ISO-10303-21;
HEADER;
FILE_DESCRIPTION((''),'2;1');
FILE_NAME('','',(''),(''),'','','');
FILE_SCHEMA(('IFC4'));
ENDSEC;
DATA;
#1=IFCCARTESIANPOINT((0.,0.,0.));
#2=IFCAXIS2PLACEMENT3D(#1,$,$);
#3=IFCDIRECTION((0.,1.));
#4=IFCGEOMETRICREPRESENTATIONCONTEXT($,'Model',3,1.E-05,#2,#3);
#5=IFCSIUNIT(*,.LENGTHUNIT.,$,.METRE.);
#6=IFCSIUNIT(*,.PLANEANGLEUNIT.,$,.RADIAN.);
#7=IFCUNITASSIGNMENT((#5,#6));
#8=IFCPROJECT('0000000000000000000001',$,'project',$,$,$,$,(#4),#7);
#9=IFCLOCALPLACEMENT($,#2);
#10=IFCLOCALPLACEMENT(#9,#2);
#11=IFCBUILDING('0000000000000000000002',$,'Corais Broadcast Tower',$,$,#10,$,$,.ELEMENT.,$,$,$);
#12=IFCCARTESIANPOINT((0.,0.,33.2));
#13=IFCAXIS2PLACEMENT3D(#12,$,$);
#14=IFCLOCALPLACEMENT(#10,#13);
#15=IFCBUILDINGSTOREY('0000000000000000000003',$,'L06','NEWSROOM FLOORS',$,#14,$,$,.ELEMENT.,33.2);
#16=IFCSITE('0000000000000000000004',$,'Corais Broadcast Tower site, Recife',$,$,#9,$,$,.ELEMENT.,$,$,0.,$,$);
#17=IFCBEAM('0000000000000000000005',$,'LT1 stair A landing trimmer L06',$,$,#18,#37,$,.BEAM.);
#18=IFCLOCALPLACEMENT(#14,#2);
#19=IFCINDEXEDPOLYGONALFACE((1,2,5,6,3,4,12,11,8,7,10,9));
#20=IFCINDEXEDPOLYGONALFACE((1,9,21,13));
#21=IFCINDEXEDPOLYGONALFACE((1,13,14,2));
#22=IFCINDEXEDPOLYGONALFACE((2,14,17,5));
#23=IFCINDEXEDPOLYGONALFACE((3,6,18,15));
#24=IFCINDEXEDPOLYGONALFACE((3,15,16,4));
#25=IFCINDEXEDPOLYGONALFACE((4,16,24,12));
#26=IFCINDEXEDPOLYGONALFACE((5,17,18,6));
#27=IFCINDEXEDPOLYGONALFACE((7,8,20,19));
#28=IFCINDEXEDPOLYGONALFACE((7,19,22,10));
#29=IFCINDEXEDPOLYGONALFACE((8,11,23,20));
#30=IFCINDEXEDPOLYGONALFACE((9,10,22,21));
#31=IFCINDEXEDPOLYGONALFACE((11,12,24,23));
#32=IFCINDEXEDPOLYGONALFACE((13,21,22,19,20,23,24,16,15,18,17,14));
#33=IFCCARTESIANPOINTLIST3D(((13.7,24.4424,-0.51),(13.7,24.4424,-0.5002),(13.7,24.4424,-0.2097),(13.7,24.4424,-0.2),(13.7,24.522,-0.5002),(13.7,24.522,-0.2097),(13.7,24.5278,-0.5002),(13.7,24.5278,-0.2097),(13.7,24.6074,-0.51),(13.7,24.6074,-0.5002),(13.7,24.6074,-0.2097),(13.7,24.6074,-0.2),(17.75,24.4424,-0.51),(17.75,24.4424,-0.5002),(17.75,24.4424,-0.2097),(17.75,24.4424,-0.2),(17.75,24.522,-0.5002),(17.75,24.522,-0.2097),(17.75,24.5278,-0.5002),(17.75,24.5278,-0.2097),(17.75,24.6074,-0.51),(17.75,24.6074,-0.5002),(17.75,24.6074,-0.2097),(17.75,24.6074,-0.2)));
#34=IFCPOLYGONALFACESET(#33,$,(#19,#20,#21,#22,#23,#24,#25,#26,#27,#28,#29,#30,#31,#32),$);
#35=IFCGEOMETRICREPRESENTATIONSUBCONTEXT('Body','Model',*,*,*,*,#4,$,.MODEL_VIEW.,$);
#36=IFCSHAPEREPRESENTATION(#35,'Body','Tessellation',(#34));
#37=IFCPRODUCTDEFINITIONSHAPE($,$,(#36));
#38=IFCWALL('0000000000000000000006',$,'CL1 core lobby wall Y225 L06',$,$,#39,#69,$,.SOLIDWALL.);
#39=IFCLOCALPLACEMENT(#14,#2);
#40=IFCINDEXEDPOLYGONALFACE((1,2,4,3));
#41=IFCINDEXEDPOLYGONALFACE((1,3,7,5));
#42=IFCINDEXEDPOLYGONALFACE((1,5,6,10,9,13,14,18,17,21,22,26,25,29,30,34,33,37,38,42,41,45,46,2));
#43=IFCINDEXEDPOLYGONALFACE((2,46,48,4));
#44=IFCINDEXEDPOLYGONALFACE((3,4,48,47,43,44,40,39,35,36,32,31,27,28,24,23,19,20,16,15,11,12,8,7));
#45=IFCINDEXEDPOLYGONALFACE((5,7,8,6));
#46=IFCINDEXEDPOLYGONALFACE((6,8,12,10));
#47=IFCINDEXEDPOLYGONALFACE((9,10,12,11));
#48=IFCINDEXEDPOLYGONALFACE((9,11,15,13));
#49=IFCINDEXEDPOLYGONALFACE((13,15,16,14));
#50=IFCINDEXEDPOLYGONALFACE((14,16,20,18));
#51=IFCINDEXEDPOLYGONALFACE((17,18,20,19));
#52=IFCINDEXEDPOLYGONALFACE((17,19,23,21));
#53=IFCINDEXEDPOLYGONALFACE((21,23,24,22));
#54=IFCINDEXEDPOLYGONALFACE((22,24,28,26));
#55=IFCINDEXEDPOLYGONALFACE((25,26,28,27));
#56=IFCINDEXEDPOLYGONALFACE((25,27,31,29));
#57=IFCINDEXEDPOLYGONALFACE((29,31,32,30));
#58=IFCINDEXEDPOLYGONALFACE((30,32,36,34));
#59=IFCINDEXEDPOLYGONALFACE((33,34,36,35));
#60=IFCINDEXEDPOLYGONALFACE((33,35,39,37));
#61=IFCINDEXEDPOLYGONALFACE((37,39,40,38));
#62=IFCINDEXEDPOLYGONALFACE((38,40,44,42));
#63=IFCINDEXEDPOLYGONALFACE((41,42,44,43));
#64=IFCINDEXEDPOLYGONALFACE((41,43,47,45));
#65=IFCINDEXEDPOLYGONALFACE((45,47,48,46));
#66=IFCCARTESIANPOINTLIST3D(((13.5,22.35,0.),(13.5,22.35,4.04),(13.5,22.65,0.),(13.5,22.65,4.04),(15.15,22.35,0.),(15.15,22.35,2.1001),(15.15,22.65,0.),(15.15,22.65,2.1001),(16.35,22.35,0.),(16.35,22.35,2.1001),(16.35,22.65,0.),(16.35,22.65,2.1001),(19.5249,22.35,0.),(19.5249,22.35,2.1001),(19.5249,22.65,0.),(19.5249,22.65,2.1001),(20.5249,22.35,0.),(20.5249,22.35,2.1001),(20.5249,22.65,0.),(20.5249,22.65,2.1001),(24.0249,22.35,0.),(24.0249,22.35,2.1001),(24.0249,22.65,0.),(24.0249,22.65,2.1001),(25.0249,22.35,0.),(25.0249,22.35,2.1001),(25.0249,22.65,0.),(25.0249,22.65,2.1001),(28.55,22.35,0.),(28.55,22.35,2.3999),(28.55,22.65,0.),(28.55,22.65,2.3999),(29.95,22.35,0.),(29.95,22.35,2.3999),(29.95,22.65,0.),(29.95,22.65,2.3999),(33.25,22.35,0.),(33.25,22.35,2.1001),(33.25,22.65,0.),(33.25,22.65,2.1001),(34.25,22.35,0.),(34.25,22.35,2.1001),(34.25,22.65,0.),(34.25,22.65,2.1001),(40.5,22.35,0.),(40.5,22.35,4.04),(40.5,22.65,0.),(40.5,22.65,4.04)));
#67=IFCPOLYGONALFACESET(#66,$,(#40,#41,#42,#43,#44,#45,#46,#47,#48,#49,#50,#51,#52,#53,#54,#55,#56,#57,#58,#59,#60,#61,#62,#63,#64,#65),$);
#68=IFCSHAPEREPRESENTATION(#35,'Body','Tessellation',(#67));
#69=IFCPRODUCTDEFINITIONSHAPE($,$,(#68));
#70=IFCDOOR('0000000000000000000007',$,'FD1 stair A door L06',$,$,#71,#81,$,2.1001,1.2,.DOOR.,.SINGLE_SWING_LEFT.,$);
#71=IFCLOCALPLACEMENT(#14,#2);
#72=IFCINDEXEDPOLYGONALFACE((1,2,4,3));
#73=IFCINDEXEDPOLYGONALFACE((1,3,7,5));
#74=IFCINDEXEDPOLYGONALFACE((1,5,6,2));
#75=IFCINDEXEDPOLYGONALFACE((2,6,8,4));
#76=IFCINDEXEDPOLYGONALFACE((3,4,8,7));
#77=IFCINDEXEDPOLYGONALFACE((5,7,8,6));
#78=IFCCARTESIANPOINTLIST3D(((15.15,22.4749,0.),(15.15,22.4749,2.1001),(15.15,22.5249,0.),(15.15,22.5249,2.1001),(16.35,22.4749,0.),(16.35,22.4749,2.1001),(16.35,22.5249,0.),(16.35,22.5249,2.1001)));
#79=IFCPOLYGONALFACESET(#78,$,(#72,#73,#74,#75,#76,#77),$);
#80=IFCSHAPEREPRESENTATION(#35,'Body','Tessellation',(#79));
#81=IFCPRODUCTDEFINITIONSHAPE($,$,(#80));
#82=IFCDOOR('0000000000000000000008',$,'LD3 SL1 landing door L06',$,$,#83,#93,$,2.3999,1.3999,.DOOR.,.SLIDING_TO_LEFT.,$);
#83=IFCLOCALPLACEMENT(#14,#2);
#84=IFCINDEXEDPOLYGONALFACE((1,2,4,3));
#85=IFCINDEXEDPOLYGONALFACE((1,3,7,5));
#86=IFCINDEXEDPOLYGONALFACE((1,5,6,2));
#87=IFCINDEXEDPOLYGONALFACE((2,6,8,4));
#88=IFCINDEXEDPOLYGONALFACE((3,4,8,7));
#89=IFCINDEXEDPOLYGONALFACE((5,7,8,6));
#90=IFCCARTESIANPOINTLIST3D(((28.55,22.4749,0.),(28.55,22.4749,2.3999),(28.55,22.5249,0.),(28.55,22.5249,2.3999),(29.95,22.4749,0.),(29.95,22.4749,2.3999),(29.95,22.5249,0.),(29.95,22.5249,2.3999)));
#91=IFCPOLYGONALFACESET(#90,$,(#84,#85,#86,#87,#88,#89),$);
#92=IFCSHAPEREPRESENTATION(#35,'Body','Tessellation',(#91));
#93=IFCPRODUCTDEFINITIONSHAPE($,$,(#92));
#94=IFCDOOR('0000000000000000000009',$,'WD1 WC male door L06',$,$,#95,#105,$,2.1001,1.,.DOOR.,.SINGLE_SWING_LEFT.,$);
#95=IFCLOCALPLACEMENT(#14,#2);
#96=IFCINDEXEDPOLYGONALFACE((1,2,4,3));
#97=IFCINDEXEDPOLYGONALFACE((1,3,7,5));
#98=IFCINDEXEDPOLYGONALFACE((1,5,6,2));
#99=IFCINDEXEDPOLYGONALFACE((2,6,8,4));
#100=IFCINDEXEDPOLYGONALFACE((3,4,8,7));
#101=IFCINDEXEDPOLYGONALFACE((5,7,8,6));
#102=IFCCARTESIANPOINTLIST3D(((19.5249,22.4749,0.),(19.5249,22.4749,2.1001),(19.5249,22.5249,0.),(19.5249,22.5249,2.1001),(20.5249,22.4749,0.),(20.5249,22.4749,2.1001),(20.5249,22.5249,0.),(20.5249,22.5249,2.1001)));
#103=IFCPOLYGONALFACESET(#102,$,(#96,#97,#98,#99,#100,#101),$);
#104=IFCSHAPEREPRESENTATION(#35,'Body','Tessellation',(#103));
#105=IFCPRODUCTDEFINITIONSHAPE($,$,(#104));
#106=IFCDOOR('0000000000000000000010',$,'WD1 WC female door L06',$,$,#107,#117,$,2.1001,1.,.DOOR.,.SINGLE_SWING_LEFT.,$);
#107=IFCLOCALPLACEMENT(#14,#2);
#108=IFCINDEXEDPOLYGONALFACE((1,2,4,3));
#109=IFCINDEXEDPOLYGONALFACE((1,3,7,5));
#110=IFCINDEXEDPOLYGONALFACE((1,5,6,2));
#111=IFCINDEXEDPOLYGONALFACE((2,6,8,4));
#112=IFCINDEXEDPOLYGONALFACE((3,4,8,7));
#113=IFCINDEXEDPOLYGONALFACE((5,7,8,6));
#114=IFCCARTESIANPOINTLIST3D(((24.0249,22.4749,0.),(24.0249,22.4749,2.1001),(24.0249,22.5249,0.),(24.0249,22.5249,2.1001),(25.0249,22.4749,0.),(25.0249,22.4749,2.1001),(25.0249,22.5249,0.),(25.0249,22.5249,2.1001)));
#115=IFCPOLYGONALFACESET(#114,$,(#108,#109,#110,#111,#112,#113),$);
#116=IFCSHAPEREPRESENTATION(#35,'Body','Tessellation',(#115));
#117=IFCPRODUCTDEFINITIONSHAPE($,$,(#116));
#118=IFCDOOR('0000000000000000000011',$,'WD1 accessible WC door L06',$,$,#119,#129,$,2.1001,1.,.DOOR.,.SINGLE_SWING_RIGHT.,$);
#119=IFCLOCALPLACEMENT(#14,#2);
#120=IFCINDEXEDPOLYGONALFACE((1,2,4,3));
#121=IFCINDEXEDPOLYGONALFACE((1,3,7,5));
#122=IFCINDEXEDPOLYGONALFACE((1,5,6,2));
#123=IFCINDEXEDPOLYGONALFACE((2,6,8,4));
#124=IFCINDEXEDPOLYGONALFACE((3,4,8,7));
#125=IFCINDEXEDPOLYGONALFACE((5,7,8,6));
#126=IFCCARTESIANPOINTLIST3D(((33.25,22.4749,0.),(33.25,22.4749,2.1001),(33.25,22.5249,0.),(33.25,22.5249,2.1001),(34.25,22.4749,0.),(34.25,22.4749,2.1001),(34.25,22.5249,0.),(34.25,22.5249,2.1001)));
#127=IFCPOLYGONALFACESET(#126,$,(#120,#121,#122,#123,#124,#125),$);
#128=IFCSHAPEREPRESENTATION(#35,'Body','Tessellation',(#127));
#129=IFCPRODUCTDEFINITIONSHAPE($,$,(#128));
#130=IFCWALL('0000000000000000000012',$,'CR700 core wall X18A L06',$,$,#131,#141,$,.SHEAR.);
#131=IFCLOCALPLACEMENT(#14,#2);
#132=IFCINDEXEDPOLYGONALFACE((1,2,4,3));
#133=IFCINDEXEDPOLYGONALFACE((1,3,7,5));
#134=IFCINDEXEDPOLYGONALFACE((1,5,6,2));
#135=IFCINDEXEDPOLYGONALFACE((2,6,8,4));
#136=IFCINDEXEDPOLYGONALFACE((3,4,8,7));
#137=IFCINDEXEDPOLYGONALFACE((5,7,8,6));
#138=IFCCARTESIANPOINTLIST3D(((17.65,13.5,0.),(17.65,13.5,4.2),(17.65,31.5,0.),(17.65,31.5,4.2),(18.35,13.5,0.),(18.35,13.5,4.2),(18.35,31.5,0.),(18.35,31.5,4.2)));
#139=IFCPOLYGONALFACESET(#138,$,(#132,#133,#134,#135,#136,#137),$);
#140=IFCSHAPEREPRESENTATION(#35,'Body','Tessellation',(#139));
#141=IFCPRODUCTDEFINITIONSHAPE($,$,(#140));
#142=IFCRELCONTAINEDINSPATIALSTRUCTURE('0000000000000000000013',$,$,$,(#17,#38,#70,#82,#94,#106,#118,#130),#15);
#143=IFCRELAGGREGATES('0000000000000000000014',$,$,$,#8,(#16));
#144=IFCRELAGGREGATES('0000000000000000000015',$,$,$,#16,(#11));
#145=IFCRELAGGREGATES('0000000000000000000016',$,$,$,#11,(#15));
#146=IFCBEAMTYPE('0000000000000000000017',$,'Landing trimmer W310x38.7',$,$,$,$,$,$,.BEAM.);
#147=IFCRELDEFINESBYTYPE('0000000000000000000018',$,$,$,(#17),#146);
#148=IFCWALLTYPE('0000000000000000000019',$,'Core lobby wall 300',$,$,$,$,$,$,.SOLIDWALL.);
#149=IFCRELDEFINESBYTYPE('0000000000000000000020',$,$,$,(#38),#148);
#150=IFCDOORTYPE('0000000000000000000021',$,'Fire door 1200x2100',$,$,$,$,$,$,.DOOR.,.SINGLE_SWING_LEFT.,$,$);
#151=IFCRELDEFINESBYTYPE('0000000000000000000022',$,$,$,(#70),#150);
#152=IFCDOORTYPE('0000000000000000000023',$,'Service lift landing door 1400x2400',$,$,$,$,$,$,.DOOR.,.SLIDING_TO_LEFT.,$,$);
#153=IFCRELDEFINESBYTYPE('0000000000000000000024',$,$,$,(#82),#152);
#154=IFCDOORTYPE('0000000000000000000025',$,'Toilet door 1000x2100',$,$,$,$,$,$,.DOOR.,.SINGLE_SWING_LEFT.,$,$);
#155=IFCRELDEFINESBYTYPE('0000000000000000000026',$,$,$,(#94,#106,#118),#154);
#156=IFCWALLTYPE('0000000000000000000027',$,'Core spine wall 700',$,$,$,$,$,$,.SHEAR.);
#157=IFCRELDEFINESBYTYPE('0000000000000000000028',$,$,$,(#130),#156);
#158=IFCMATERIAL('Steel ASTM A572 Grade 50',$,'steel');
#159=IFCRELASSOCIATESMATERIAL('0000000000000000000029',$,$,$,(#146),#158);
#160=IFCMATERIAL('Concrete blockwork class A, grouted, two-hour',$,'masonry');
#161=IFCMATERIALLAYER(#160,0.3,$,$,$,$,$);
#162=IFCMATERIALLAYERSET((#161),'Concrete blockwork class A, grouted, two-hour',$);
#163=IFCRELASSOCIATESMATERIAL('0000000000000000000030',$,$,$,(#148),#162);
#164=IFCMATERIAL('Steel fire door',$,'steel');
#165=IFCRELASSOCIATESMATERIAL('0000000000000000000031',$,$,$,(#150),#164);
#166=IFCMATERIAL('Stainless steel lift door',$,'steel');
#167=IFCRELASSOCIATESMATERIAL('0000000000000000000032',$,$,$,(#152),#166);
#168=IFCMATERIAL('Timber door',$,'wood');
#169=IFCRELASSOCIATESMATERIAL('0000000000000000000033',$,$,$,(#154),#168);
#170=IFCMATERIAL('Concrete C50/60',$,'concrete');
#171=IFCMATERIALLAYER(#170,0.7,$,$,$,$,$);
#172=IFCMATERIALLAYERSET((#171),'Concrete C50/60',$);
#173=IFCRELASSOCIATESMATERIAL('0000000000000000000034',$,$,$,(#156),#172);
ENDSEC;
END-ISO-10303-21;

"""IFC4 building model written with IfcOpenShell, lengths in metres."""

from ifc_helpers import new_model, si_unit, direction, frame, frame_2d, origin, origin_2d, place, context, subcontext, project, spatial, rectangle, i_section, extrude, material, layer, layer_set, material_profile, profile_set, type_object, element, fill, save


model = new_model("IFC4")

# Units and contexts
model_context = context("Model", 3, precision=1e-05, world=origin(), true_north=direction((0.0, 1.0)))
body_context = subcontext(model_context, "Body", "Model", "MODEL_VIEW")
ifc_project = project(units=[si_unit("LENGTHUNIT", "METRE"), si_unit("PLANEANGLEUNIT", "RADIAN")], contexts=[model_context])

# Site, building, storey
site_placement = place(None, origin())
site = spatial("IfcSite", under=ifc_project, at=site_placement, Name="Corais Broadcast Tower site, Recife", CompositionType="ELEMENT", RefElevation=0.0)
building_placement = place(site_placement, origin())
building = spatial("IfcBuilding", under=site, at=building_placement, Name="Corais Broadcast Tower", CompositionType="ELEMENT")
storey_placement = place(building_placement, frame((0.0, 0.0, 33.2)))
storey = spatial("IfcBuildingStorey", under=building, at=storey_placement, Name="L06", Description="NEWSROOM FLOORS", CompositionType="ELEMENT", Elevation=33.2)

# Beam
ifc_material_1 = material(Name="Steel ASTM A572 Grade 50", Category="steel")
ifc_material_profile = material_profile(ifc_material_1, i_section(OverallWidth=0.165, OverallDepth=0.3101, WebThickness=0.0059, FlangeThickness=0.0098, at=origin_2d()), Name="W310x38.7")
ifc_profile_set = profile_set([ifc_material_profile], Name="Steel ASTM A572 Grade 50")
beam_type = type_object("IfcBeamType", Name="Landing trimmer W310x38.7", PredefinedType="BEAM", material=ifc_profile_set)
beam_placement = place(storey_placement, frame((13.7, 24.5249, -0.355), z_axis=(1.0, 0.0, 0.0), x_axis=(0.0, 1.0, 0.0)))
element("IfcBeam", 1, at=beam_placement, inside=storey, type_object=beam_type, Name="LT1 stair A landing trimmer L06", PredefinedType="BEAM", context=body_context, shape_type="SweptSolid", body=[
    extrude(i_section(OverallWidth=0.165, OverallDepth=0.3101, WebThickness=0.0059, FlangeThickness=0.0098, at=origin_2d()), origin(), (0.0, 0.0, 1.0), 4.05),
])

# Wall, openings, doors
ifc_material_2 = material(Name="Concrete blockwork class A, grouted, two-hour", Category="masonry")
ifc_layer_1 = layer(ifc_material_2, 0.3)
ifc_layer_set_1 = layer_set([ifc_layer_1], Name="Concrete blockwork class A, grouted, two-hour")
wall_type_1 = type_object("IfcWallType", Name="Core lobby wall 300", PredefinedType="SOLIDWALL", material=ifc_layer_set_1)
wall_1_placement = place(storey_placement, frame((13.5, 22.5, 0.0), z_axis=(0.0, 0.0, 1.0), x_axis=(1.0, 0.0, 0.0)))
wall_1 = element("IfcWall", 2, at=wall_1_placement, inside=storey, type_object=wall_type_1, Name="CL1 core lobby wall Y225 L06", PredefinedType="SOLIDWALL", context=body_context, shape_type="SweptSolid", body=[
    extrude(rectangle(XDim=27.0, YDim=0.3, at=frame_2d((13.5, 0.0))), origin(), (0.0, 0.0, 1.0), 4.04),
])
opening_1_placement = place(wall_1_placement, frame((1.6499, 0.0, 0.0)))
opening_1 = element("IfcOpeningElement", 3, at=opening_1_placement, cuts=wall_1, PredefinedType="OPENING", context=body_context, shape_type="SweptSolid", body=[
    extrude(rectangle(XDim=1.2, YDim=2.1001, at=frame_2d((0.6001, 1.05))), frame((0.0, 0.1599, 0.0), z_axis=(0.0, -1.0, 0.0), x_axis=(1.0, 0.0, 0.0)), (0.0, 0.0, 1.0), 0.3201),
])
opening_2_placement = place(wall_1_placement, frame((6.0249, 0.0, 0.0)))
opening_2 = element("IfcOpeningElement", 4, at=opening_2_placement, cuts=wall_1, PredefinedType="OPENING", context=body_context, shape_type="SweptSolid", body=[
    extrude(rectangle(XDim=1.0, YDim=2.1001, at=frame_2d((0.5, 1.05))), frame((0.0, 0.1599, 0.0), z_axis=(0.0, -1.0, 0.0), x_axis=(1.0, 0.0, 0.0)), (0.0, 0.0, 1.0), 0.3201),
])
opening_3_placement = place(wall_1_placement, frame((10.5249, 0.0, 0.0)))
opening_3 = element("IfcOpeningElement", 5, at=opening_3_placement, cuts=wall_1, PredefinedType="OPENING", context=body_context, shape_type="SweptSolid", body=[
    extrude(rectangle(XDim=1.0, YDim=2.1001, at=frame_2d((0.5, 1.05))), frame((0.0, 0.1599, 0.0), z_axis=(0.0, -1.0, 0.0), x_axis=(1.0, 0.0, 0.0)), (0.0, 0.0, 1.0), 0.3201),
])
opening_4_placement = place(wall_1_placement, frame((19.75, 0.0, 0.0)))
opening_4 = element("IfcOpeningElement", 6, at=opening_4_placement, cuts=wall_1, PredefinedType="OPENING", context=body_context, shape_type="SweptSolid", body=[
    extrude(rectangle(XDim=1.0, YDim=2.1001, at=frame_2d((0.5, 1.05))), frame((0.0, 0.1599, 0.0), z_axis=(0.0, -1.0, 0.0), x_axis=(1.0, 0.0, 0.0)), (0.0, 0.0, 1.0), 0.3201),
])
opening_5_placement = place(wall_1_placement, frame((15.05, 0.0, 0.0)))
opening_5 = element("IfcOpeningElement", 7, at=opening_5_placement, cuts=wall_1, PredefinedType="OPENING", context=body_context, shape_type="SweptSolid", body=[
    extrude(rectangle(XDim=1.3999, YDim=2.3999, at=frame_2d((0.7, 1.2))), frame((0.0, 0.1599, 0.0), z_axis=(0.0, -1.0, 0.0), x_axis=(1.0, 0.0, 0.0)), (0.0, 0.0, 1.0), 0.3201),
])
ifc_material_3 = material(Name="Steel fire door", Category="steel")
door_type_1 = type_object("IfcDoorType", Name="Fire door 1200x2100", OperationType="SINGLE_SWING_LEFT", PredefinedType="DOOR", material=ifc_material_3)
door_1_placement = place(opening_1_placement, origin())
door_1 = element("IfcDoor", 8, at=door_1_placement, inside=storey, type_object=door_type_1, Name="FD1 stair A door L06", OperationType="SINGLE_SWING_LEFT", OverallHeight=2.1001, OverallWidth=1.2, PredefinedType="DOOR", context=body_context, shape_type="SweptSolid", body=[
    extrude(rectangle(XDim=1.2, YDim=2.1001, at=frame_2d((0.6001, 1.05))), frame((0.0, 0.0249, 0.0), z_axis=(0.0, -1.0, 0.0), x_axis=(1.0, 0.0, 0.0)), (0.0, 0.0, 1.0), 0.05),
])
fill(opening_1, door_1)
ifc_material_4 = material(Name="Stainless steel lift door", Category="steel")
door_type_2 = type_object("IfcDoorType", Name="Service lift landing door 1400x2400", OperationType="SLIDING_TO_LEFT", PredefinedType="DOOR", material=ifc_material_4)
door_2_placement = place(opening_5_placement, origin())
door_2 = element("IfcDoor", 9, at=door_2_placement, inside=storey, type_object=door_type_2, Name="LD3 SL1 landing door L06", OperationType="SLIDING_TO_LEFT", OverallHeight=2.3999, OverallWidth=1.3999, PredefinedType="DOOR", context=body_context, shape_type="SweptSolid", body=[
    extrude(rectangle(XDim=1.3999, YDim=2.3999, at=frame_2d((0.7, 1.2))), frame((0.0, 0.0249, 0.0), z_axis=(0.0, -1.0, 0.0), x_axis=(1.0, 0.0, 0.0)), (0.0, 0.0, 1.0), 0.05),
])
fill(opening_5, door_2)
ifc_material_5 = material(Name="Timber door", Category="wood")
door_type_3 = type_object("IfcDoorType", Name="Toilet door 1000x2100", OperationType="SINGLE_SWING_LEFT", PredefinedType="DOOR", material=ifc_material_5)
door_3_placement = place(opening_2_placement, origin())
door_3 = element("IfcDoor", 10, at=door_3_placement, inside=storey, type_object=door_type_3, Name="WD1 WC male door L06", OperationType="SINGLE_SWING_LEFT", OverallHeight=2.1001, OverallWidth=1.0, PredefinedType="DOOR", context=body_context, shape_type="SweptSolid", body=[
    extrude(rectangle(XDim=1.0, YDim=2.1001, at=frame_2d((0.5, 1.05))), frame((0.0, 0.0249, 0.0), z_axis=(0.0, -1.0, 0.0), x_axis=(1.0, 0.0, 0.0)), (0.0, 0.0, 1.0), 0.05),
])
fill(opening_2, door_3)
door_4_placement = place(opening_3_placement, origin())
door_4 = element("IfcDoor", 11, at=door_4_placement, inside=storey, type_object=door_type_3, Name="WD1 WC female door L06", OperationType="SINGLE_SWING_LEFT", OverallHeight=2.1001, OverallWidth=1.0, PredefinedType="DOOR", context=body_context, shape_type="SweptSolid", body=[
    extrude(rectangle(XDim=1.0, YDim=2.1001, at=frame_2d((0.5, 1.05))), frame((0.0, 0.0249, 0.0), z_axis=(0.0, -1.0, 0.0), x_axis=(1.0, 0.0, 0.0)), (0.0, 0.0, 1.0), 0.05),
])
fill(opening_3, door_4)
door_5_placement = place(opening_4_placement, origin())
door_5 = element("IfcDoor", 12, at=door_5_placement, inside=storey, type_object=door_type_3, Name="WD1 accessible WC door L06", OperationType="SINGLE_SWING_RIGHT", OverallHeight=2.1001, OverallWidth=1.0, PredefinedType="DOOR", context=body_context, shape_type="SweptSolid", body=[
    extrude(rectangle(XDim=1.0, YDim=2.1001, at=frame_2d((0.5, 1.05))), frame((0.0, 0.0249, 0.0), z_axis=(0.0, -1.0, 0.0), x_axis=(1.0, 0.0, 0.0)), (0.0, 0.0, 1.0), 0.05),
])
fill(opening_4, door_5)

# Wall
ifc_material_6 = material(Name="Concrete C50/60", Category="concrete")
ifc_layer_2 = layer(ifc_material_6, 0.7)
ifc_layer_set_2 = layer_set([ifc_layer_2], Name="Concrete C50/60")
wall_type_2 = type_object("IfcWallType", Name="Core spine wall 700", PredefinedType="SHEAR", material=ifc_layer_set_2)
wall_2_placement = place(storey_placement, frame((18.0, 13.5, 0.0), z_axis=(0.0, 0.0, 1.0), x_axis=(0.0, 1.0, 0.0)))
element("IfcWall", 13, at=wall_2_placement, inside=storey, type_object=wall_type_2, Name="CR700 core wall X18A L06", PredefinedType="SHEAR", context=body_context, shape_type="SweptSolid", body=[
    extrude(rectangle(XDim=18.0, YDim=0.7, at=frame_2d((9.0, 0.0))), origin(), (0.0, 0.0, 1.0), 4.2),
])

save(model, "model.ifc")
